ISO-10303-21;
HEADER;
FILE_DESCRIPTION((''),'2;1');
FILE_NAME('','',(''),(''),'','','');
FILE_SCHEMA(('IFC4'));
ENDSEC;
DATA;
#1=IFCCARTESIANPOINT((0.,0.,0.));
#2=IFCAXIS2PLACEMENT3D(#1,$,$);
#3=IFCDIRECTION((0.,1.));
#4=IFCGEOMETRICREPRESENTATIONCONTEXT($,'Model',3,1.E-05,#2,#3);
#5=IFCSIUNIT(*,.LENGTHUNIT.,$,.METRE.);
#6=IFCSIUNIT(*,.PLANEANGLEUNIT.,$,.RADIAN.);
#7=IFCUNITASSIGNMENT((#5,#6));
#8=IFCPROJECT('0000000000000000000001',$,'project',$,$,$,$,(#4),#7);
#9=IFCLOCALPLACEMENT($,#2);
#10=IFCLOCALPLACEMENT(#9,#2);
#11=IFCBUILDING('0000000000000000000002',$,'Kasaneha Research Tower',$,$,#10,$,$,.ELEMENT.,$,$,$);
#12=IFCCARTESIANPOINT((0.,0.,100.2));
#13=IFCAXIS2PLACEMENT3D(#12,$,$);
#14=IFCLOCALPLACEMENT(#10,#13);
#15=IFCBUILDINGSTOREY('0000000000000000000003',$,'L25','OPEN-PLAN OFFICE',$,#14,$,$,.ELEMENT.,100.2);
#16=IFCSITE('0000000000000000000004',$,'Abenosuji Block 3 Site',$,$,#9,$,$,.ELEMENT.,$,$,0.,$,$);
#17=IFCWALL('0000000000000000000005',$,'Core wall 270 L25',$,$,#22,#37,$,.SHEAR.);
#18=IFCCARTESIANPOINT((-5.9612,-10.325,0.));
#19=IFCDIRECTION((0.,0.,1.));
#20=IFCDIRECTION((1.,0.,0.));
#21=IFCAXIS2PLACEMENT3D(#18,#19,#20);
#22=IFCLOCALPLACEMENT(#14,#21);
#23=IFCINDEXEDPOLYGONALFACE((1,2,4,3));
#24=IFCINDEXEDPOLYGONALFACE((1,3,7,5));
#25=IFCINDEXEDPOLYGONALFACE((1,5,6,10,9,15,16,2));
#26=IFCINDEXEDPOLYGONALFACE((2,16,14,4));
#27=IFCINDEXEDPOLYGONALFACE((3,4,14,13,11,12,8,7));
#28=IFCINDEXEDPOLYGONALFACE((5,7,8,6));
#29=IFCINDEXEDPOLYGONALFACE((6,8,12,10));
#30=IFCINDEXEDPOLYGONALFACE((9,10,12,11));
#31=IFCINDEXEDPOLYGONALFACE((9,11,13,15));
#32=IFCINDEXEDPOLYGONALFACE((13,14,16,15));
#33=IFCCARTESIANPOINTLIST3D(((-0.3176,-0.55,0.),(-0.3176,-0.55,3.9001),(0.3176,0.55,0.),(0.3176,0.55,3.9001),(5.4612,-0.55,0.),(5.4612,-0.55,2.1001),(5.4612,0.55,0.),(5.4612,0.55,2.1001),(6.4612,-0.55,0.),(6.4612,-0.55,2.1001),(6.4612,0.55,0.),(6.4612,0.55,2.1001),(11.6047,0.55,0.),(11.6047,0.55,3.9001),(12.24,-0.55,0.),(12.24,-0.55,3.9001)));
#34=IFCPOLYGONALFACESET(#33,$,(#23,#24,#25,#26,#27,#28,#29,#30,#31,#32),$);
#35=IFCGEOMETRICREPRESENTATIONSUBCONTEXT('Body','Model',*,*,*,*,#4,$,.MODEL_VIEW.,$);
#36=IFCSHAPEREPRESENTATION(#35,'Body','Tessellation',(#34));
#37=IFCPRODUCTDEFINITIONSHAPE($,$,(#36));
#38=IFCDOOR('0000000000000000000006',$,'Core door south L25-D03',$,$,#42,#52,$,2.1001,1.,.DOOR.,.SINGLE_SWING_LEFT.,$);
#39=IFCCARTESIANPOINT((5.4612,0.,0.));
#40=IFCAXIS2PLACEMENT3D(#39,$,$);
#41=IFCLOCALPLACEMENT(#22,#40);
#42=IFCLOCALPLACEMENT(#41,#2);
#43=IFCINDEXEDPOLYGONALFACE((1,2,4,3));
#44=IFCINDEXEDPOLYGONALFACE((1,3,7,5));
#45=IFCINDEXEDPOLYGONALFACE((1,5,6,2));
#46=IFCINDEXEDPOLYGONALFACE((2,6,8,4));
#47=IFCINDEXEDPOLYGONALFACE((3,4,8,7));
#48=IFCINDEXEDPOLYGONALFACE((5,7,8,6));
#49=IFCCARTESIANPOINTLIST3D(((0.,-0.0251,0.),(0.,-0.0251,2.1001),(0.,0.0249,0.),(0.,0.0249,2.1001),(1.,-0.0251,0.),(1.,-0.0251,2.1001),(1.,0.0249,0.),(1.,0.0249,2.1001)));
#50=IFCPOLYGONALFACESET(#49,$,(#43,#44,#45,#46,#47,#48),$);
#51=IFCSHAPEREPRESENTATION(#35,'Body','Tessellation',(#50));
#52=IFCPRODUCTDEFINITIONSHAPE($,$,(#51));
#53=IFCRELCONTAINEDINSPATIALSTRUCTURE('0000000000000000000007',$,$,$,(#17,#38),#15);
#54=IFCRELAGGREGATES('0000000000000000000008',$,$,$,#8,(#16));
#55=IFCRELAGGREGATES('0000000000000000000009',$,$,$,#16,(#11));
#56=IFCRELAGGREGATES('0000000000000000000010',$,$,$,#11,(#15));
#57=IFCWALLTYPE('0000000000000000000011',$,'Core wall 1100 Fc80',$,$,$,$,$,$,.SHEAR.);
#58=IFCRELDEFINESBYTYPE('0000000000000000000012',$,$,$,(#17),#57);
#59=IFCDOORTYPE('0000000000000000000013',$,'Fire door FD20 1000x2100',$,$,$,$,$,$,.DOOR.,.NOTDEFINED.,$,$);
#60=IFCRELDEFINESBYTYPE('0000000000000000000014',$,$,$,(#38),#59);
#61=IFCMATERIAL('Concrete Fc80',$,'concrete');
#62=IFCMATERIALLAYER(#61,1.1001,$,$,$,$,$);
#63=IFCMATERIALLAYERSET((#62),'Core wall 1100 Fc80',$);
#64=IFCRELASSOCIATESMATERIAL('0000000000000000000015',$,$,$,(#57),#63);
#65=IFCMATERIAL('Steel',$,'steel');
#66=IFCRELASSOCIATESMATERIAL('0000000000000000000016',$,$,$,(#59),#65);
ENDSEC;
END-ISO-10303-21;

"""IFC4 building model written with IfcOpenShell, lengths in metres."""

from ifc_helpers import new_model, si_unit, direction, frame, frame_2d, origin, place, context, subcontext, project, spatial, polyline, rectangle, outline, extrude, material, layer, layer_set, type_object, element, fill, save


model = new_model("IFC4")

# Units and contexts
model_context = context("Model", 3, precision=1e-05, world=origin(), true_north=direction((0.0, 1.0)))
body_context = subcontext(model_context, "Body", "Model", "MODEL_VIEW")
ifc_project = project(units=[si_unit("LENGTHUNIT", "METRE"), si_unit("PLANEANGLEUNIT", "RADIAN")], contexts=[model_context])

# Site, building, storey
site_placement = place(None, origin())
site = spatial("IfcSite", under=ifc_project, at=site_placement, Name="Abenosuji Block 3 Site", CompositionType="ELEMENT", RefElevation=0.0)
building_placement = place(site_placement, origin())
building = spatial("IfcBuilding", under=site, at=building_placement, Name="Kasaneha Research Tower", CompositionType="ELEMENT")
storey_placement = place(building_placement, frame((0.0, 0.0, 100.2)))
storey = spatial("IfcBuildingStorey", under=building, at=storey_placement, Name="L25", Description="OPEN-PLAN OFFICE", CompositionType="ELEMENT", Elevation=100.2)

# Wall, opening, door
ifc_material_1 = material(Name="Concrete Fc80", Category="concrete")
ifc_layer_1 = layer(ifc_material_1, 1.1001)
ifc_layer_set_1 = layer_set([ifc_layer_1], Name="Core wall 1100 Fc80")
wall_type_1 = type_object("IfcWallType", Name="Core wall 1100 Fc80", PredefinedType="SHEAR", material=ifc_layer_set_1)
wall_1_placement = place(storey_placement, frame((-5.9612, -10.325, 0.0), z_axis=(0.0, 0.0, 1.0), x_axis=(1.0, 0.0, 0.0)))
wall_1 = element("IfcWall", 1, at=wall_1_placement, inside=storey, type_object=wall_type_1, Name="Core wall 270 L25", PredefinedType="SHEAR", context=body_context, shape_type="SweptSolid", body=[
    extrude(outline(polyline([(-0.3176, -0.55), (5.4612, -0.55), (6.4612, -0.55), (12.24, -0.55), (11.6047, 0.55), (6.4612, 0.55), (5.4612, 0.55), (0.3176, 0.55), (-0.3176, -0.55)])), origin(), (0.0, 0.0, 1.0), 3.9001),
])
opening_1_placement = place(wall_1_placement, frame((5.4612, 0.0, 0.0)))
opening_1 = element("IfcOpeningElement", 2, at=opening_1_placement, cuts=wall_1, PredefinedType="OPENING", context=body_context, shape_type="SweptSolid", body=[
    extrude(rectangle(XDim=1.0, YDim=2.1001, at=frame_2d((0.5, 1.05))), frame((0.0, 0.5601, 0.0), z_axis=(0.0, -1.0, 0.0), x_axis=(1.0, 0.0, 0.0)), (0.0, 0.0, 1.0), 1.1201),
])
ifc_material_2 = material(Name="Steel", Category="steel")
door_type_1 = type_object("IfcDoorType", Name="Fire door FD20 1000x2100", OperationType="NOTDEFINED", PredefinedType="DOOR", material=ifc_material_2)
door_1_placement = place(opening_1_placement, origin())
door_1 = element("IfcDoor", 3, at=door_1_placement, inside=storey, type_object=door_type_1, Name="Core door south L25-D03", OperationType="SINGLE_SWING_LEFT", OverallHeight=2.1001, OverallWidth=1.0, PredefinedType="DOOR", context=body_context, shape_type="SweptSolid", body=[
    extrude(rectangle(XDim=1.0, YDim=2.1001, at=frame_2d((0.5, 1.05))), frame((0.0, 0.0249, 0.0), z_axis=(0.0, -1.0, 0.0), x_axis=(1.0, 0.0, 0.0)), (0.0, 0.0, 1.0), 0.05),
])
fill(opening_1, door_1)

save(model, "model.ifc")
